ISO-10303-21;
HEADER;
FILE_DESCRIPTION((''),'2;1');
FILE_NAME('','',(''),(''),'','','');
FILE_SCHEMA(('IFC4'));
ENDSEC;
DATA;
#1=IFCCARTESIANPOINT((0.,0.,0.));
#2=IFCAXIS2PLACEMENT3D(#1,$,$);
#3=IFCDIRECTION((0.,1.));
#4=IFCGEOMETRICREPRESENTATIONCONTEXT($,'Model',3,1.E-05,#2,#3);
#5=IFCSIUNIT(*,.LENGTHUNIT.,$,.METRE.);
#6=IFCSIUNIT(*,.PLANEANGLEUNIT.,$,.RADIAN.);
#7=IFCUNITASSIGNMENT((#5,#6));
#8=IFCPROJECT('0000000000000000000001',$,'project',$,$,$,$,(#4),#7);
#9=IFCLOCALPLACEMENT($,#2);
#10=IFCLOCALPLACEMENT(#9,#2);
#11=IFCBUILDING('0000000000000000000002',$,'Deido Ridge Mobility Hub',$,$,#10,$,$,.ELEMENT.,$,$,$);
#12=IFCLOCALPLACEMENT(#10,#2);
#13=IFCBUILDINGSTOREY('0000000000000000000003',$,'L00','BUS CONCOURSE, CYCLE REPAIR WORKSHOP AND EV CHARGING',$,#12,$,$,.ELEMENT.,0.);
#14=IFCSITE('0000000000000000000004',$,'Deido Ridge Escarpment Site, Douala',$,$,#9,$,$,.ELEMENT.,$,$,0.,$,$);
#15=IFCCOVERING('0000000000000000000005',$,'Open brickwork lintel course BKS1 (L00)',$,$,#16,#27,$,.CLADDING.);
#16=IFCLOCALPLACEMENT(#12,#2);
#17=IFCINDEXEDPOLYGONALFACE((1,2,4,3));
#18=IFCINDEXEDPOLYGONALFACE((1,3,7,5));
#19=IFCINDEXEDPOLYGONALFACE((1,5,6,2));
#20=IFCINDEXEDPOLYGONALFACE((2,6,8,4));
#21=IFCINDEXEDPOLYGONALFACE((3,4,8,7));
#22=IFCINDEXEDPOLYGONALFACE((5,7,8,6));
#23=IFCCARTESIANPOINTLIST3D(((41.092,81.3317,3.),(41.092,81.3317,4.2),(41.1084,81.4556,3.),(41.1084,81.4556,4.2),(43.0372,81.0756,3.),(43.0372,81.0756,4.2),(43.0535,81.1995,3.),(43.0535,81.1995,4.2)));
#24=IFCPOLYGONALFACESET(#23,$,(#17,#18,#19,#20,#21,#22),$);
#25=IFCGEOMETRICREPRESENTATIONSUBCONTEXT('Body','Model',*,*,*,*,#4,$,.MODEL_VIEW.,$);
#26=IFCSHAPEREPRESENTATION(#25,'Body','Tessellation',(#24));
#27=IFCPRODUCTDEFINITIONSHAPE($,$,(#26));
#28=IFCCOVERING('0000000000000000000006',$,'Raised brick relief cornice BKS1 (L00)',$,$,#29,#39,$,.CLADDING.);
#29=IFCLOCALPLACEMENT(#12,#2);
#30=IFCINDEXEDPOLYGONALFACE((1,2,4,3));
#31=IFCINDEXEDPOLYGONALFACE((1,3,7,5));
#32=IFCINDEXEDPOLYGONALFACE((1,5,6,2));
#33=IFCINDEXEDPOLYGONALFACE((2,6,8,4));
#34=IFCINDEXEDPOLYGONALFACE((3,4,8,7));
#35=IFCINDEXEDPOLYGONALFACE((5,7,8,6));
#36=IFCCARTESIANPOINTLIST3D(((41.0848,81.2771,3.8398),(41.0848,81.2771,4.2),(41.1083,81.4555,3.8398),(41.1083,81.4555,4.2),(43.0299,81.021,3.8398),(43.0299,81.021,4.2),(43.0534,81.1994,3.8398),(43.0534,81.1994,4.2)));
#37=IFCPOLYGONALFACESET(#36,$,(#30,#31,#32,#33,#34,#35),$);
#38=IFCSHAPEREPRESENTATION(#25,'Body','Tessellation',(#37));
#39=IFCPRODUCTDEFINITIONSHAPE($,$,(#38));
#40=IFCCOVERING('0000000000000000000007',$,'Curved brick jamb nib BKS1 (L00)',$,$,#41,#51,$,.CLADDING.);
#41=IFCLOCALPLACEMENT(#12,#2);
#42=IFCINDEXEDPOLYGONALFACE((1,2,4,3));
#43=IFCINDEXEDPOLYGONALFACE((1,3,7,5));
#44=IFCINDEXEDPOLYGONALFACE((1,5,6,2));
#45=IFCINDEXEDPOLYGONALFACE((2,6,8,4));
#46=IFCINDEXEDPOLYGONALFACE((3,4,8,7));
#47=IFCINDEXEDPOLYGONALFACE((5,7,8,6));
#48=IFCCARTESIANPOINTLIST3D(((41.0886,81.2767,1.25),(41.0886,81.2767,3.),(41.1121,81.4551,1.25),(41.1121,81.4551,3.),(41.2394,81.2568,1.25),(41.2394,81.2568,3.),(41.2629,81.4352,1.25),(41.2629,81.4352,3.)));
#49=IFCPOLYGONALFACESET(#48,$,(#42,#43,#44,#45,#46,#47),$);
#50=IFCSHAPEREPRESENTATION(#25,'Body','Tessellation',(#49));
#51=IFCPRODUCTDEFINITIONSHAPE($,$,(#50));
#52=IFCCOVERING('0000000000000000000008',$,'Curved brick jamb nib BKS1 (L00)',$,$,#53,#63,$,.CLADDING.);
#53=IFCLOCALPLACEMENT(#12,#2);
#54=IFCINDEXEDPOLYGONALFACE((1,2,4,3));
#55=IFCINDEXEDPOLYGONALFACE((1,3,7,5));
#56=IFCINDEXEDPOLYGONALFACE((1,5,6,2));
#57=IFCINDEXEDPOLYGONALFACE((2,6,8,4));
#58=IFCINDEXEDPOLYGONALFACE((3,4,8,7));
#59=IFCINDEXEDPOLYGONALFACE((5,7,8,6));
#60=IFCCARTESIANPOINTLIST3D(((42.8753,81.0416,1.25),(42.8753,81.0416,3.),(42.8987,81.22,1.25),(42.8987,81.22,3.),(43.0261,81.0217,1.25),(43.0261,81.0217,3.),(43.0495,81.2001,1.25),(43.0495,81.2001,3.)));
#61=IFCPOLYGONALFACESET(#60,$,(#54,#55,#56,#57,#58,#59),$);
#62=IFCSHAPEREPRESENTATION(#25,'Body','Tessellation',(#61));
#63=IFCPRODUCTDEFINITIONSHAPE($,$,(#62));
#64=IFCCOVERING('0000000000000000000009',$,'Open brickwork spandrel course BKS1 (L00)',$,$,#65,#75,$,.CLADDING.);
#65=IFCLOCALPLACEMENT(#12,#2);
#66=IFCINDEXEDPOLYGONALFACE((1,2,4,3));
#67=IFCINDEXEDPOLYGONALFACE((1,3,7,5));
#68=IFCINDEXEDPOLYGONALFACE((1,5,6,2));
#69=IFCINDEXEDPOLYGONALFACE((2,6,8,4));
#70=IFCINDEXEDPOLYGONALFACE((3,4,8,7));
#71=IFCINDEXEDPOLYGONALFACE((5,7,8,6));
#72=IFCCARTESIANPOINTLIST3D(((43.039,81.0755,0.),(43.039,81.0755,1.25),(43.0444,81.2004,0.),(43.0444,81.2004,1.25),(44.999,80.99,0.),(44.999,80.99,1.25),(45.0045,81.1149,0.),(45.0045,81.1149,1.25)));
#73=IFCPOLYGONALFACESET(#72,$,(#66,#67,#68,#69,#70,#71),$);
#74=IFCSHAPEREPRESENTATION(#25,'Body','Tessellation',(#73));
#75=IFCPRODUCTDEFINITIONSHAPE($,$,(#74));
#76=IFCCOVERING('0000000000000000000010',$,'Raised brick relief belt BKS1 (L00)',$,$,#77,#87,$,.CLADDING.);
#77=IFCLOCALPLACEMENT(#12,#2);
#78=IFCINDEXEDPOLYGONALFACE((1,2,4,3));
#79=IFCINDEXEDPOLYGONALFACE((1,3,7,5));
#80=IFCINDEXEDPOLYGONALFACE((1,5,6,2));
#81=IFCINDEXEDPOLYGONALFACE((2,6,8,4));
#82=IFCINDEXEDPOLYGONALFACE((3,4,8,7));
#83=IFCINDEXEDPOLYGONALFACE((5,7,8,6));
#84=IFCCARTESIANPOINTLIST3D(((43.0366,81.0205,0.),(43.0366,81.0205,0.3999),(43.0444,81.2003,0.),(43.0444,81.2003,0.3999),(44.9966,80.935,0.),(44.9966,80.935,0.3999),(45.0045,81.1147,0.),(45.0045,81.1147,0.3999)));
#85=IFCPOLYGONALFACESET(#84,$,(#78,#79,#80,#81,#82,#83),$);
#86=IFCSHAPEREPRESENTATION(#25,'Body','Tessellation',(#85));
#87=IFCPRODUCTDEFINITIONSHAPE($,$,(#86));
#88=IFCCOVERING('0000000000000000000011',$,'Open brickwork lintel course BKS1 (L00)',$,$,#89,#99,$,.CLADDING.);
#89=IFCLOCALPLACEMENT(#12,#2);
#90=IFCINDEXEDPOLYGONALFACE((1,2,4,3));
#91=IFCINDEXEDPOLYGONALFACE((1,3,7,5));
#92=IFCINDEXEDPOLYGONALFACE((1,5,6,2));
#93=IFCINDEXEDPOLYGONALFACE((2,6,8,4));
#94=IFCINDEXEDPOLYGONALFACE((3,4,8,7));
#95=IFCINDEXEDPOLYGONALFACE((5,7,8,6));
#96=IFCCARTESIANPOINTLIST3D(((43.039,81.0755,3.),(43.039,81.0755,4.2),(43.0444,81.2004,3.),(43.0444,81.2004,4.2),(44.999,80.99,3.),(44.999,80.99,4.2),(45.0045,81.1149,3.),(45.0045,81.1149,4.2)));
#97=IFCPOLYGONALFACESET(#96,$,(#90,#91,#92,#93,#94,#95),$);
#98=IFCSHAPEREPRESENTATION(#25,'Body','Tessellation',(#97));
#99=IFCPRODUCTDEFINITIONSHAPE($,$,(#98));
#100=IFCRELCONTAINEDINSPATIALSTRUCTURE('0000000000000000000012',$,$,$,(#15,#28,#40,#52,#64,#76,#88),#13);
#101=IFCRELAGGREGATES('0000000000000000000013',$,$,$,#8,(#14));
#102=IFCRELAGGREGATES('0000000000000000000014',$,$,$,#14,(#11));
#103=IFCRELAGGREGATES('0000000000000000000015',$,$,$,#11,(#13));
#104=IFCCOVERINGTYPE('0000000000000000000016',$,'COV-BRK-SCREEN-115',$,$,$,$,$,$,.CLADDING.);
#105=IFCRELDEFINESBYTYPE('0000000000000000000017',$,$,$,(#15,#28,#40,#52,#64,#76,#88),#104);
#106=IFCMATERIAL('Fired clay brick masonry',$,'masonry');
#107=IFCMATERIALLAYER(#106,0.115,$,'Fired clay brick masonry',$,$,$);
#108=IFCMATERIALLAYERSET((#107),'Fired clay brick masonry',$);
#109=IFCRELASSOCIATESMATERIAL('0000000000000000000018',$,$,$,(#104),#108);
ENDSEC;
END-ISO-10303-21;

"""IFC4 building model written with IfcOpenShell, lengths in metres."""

from ifc_helpers import new_model, si_unit, direction, frame, origin, origin_2d, place, context, subcontext, project, spatial, rectangle, extrude, material, layer, layer_set, type_object, element, save


model = new_model("IFC4")

# Units and contexts
model_context = context("Model", 3, precision=1e-05, world=origin(), true_north=direction((0.0, 1.0)))
body_context = subcontext(model_context, "Body", "Model", "MODEL_VIEW")
ifc_project = project(units=[si_unit("LENGTHUNIT", "METRE"), si_unit("PLANEANGLEUNIT", "RADIAN")], contexts=[model_context])

# Site, building, storey
site_placement = place(None, origin())
site = spatial("IfcSite", under=ifc_project, at=site_placement, Name="Deido Ridge Escarpment Site, Douala", CompositionType="ELEMENT", RefElevation=0.0)
building_placement = place(site_placement, origin())
building = spatial("IfcBuilding", under=site, at=building_placement, Name="Deido Ridge Mobility Hub", CompositionType="ELEMENT")
storey_placement = place(building_placement, origin())
storey = spatial("IfcBuildingStorey", under=building, at=storey_placement, Name="L00", Description="BUS CONCOURSE, CYCLE REPAIR WORKSHOP AND EV CHARGING", CompositionType="ELEMENT", Elevation=0.0)

# Coverings
ifc_material_1 = material(Name="Fired clay brick masonry", Category="masonry")
ifc_layer_1 = layer(ifc_material_1, 0.115, Name="Fired clay brick masonry")
ifc_layer_set_1 = layer_set([ifc_layer_1], Name="Fired clay brick masonry")
covering_type = type_object("IfcCoveringType", Name="COV-BRK-SCREEN-115", PredefinedType="CLADDING", material=ifc_layer_set_1)
covering_1_placement = place(storey_placement, frame((42.0728, 81.2656, 3.0), z_axis=(0.0, 0.0, 1.0), x_axis=(0.991443, -0.130543, 0.0)))
element("IfcCovering", 1, at=covering_1_placement, inside=storey, type_object=covering_type, Name="Open brickwork lintel course BKS1 (L00)", PredefinedType="CLADDING", context=body_context, shape_type="SweptSolid", body=[
    extrude(rectangle(XDim=1.9619, YDim=0.125, at=origin_2d()), origin(), (0.0, 0.0, 1.0), 1.2),
])
covering_2_placement = place(storey_placement, frame((42.0691, 81.2383, 3.8398), z_axis=(0.0, 0.0, 1.0), x_axis=(0.991443, -0.130543, 0.0)))
element("IfcCovering", 2, at=covering_2_placement, inside=storey, type_object=covering_type, Name="Raised brick relief cornice BKS1 (L00)", PredefinedType="CLADDING", context=body_context, shape_type="SweptSolid", body=[
    extrude(rectangle(XDim=1.9619, YDim=0.1799, at=origin_2d()), origin(), (0.0, 0.0, 1.0), 0.3601),
])
for number, where, z_axis, x_axis, name in (
    (3, (41.1758, 81.356, 1.25), (0.0, 0.0, 1.0), (0.991443, -0.130543, 0.0), "Curved brick jamb nib BKS1 (L00)"),
    (4, (42.9624, 81.1208, 1.25), (0.0, 0.0, 1.0), (0.991443, -0.130543, 0.0), "Curved brick jamb nib BKS1 (L00)"),
):
    element("IfcCovering", number, at=place(storey_placement, frame(where, z_axis=z_axis, x_axis=x_axis)), inside=storey, type_object=covering_type, Name=name, PredefinedType="CLADDING", context=body_context, shape_type="SweptSolid", body=[
        extrude(rectangle(XDim=0.1521, YDim=0.1799, at=origin_2d()), origin(), (0.0, 0.0, 1.0), 1.75),
    ])
covering_3_placement = place(storey_placement, frame((44.0217, 81.0952, 0.0), z_axis=(0.0, 0.0, 1.0), x_axis=(0.999049, -0.043602, 0.0)))
element("IfcCovering", 5, at=covering_3_placement, inside=storey, type_object=covering_type, Name="Open brickwork spandrel course BKS1 (L00)", PredefinedType="CLADDING", context=body_context, shape_type="SweptSolid", body=[
    extrude(rectangle(XDim=1.9619, YDim=0.125, at=origin_2d()), origin(), (0.0, 0.0, 1.0), 1.25),
])
covering_4_placement = place(storey_placement, frame((44.0205, 81.0676, 0.0), z_axis=(0.0, 0.0, 1.0), x_axis=(0.999049, -0.043602, 0.0)))
element("IfcCovering", 6, at=covering_4_placement, inside=storey, type_object=covering_type, Name="Raised brick relief belt BKS1 (L00)", PredefinedType="CLADDING", context=body_context, shape_type="SweptSolid", body=[
    extrude(rectangle(XDim=1.9619, YDim=0.1799, at=origin_2d()), origin(), (0.0, 0.0, 1.0), 0.3999),
])
covering_5_placement = place(storey_placement, frame((44.0217, 81.0952, 3.0), z_axis=(0.0, 0.0, 1.0), x_axis=(0.999049, -0.043602, 0.0)))
element("IfcCovering", 7, at=covering_5_placement, inside=storey, type_object=covering_type, Name="Open brickwork lintel course BKS1 (L00)", PredefinedType="CLADDING", context=body_context, shape_type="SweptSolid", body=[
    extrude(rectangle(XDim=1.9619, YDim=0.125, at=origin_2d()), origin(), (0.0, 0.0, 1.0), 1.2),
])

save(model, "model.ifc")
